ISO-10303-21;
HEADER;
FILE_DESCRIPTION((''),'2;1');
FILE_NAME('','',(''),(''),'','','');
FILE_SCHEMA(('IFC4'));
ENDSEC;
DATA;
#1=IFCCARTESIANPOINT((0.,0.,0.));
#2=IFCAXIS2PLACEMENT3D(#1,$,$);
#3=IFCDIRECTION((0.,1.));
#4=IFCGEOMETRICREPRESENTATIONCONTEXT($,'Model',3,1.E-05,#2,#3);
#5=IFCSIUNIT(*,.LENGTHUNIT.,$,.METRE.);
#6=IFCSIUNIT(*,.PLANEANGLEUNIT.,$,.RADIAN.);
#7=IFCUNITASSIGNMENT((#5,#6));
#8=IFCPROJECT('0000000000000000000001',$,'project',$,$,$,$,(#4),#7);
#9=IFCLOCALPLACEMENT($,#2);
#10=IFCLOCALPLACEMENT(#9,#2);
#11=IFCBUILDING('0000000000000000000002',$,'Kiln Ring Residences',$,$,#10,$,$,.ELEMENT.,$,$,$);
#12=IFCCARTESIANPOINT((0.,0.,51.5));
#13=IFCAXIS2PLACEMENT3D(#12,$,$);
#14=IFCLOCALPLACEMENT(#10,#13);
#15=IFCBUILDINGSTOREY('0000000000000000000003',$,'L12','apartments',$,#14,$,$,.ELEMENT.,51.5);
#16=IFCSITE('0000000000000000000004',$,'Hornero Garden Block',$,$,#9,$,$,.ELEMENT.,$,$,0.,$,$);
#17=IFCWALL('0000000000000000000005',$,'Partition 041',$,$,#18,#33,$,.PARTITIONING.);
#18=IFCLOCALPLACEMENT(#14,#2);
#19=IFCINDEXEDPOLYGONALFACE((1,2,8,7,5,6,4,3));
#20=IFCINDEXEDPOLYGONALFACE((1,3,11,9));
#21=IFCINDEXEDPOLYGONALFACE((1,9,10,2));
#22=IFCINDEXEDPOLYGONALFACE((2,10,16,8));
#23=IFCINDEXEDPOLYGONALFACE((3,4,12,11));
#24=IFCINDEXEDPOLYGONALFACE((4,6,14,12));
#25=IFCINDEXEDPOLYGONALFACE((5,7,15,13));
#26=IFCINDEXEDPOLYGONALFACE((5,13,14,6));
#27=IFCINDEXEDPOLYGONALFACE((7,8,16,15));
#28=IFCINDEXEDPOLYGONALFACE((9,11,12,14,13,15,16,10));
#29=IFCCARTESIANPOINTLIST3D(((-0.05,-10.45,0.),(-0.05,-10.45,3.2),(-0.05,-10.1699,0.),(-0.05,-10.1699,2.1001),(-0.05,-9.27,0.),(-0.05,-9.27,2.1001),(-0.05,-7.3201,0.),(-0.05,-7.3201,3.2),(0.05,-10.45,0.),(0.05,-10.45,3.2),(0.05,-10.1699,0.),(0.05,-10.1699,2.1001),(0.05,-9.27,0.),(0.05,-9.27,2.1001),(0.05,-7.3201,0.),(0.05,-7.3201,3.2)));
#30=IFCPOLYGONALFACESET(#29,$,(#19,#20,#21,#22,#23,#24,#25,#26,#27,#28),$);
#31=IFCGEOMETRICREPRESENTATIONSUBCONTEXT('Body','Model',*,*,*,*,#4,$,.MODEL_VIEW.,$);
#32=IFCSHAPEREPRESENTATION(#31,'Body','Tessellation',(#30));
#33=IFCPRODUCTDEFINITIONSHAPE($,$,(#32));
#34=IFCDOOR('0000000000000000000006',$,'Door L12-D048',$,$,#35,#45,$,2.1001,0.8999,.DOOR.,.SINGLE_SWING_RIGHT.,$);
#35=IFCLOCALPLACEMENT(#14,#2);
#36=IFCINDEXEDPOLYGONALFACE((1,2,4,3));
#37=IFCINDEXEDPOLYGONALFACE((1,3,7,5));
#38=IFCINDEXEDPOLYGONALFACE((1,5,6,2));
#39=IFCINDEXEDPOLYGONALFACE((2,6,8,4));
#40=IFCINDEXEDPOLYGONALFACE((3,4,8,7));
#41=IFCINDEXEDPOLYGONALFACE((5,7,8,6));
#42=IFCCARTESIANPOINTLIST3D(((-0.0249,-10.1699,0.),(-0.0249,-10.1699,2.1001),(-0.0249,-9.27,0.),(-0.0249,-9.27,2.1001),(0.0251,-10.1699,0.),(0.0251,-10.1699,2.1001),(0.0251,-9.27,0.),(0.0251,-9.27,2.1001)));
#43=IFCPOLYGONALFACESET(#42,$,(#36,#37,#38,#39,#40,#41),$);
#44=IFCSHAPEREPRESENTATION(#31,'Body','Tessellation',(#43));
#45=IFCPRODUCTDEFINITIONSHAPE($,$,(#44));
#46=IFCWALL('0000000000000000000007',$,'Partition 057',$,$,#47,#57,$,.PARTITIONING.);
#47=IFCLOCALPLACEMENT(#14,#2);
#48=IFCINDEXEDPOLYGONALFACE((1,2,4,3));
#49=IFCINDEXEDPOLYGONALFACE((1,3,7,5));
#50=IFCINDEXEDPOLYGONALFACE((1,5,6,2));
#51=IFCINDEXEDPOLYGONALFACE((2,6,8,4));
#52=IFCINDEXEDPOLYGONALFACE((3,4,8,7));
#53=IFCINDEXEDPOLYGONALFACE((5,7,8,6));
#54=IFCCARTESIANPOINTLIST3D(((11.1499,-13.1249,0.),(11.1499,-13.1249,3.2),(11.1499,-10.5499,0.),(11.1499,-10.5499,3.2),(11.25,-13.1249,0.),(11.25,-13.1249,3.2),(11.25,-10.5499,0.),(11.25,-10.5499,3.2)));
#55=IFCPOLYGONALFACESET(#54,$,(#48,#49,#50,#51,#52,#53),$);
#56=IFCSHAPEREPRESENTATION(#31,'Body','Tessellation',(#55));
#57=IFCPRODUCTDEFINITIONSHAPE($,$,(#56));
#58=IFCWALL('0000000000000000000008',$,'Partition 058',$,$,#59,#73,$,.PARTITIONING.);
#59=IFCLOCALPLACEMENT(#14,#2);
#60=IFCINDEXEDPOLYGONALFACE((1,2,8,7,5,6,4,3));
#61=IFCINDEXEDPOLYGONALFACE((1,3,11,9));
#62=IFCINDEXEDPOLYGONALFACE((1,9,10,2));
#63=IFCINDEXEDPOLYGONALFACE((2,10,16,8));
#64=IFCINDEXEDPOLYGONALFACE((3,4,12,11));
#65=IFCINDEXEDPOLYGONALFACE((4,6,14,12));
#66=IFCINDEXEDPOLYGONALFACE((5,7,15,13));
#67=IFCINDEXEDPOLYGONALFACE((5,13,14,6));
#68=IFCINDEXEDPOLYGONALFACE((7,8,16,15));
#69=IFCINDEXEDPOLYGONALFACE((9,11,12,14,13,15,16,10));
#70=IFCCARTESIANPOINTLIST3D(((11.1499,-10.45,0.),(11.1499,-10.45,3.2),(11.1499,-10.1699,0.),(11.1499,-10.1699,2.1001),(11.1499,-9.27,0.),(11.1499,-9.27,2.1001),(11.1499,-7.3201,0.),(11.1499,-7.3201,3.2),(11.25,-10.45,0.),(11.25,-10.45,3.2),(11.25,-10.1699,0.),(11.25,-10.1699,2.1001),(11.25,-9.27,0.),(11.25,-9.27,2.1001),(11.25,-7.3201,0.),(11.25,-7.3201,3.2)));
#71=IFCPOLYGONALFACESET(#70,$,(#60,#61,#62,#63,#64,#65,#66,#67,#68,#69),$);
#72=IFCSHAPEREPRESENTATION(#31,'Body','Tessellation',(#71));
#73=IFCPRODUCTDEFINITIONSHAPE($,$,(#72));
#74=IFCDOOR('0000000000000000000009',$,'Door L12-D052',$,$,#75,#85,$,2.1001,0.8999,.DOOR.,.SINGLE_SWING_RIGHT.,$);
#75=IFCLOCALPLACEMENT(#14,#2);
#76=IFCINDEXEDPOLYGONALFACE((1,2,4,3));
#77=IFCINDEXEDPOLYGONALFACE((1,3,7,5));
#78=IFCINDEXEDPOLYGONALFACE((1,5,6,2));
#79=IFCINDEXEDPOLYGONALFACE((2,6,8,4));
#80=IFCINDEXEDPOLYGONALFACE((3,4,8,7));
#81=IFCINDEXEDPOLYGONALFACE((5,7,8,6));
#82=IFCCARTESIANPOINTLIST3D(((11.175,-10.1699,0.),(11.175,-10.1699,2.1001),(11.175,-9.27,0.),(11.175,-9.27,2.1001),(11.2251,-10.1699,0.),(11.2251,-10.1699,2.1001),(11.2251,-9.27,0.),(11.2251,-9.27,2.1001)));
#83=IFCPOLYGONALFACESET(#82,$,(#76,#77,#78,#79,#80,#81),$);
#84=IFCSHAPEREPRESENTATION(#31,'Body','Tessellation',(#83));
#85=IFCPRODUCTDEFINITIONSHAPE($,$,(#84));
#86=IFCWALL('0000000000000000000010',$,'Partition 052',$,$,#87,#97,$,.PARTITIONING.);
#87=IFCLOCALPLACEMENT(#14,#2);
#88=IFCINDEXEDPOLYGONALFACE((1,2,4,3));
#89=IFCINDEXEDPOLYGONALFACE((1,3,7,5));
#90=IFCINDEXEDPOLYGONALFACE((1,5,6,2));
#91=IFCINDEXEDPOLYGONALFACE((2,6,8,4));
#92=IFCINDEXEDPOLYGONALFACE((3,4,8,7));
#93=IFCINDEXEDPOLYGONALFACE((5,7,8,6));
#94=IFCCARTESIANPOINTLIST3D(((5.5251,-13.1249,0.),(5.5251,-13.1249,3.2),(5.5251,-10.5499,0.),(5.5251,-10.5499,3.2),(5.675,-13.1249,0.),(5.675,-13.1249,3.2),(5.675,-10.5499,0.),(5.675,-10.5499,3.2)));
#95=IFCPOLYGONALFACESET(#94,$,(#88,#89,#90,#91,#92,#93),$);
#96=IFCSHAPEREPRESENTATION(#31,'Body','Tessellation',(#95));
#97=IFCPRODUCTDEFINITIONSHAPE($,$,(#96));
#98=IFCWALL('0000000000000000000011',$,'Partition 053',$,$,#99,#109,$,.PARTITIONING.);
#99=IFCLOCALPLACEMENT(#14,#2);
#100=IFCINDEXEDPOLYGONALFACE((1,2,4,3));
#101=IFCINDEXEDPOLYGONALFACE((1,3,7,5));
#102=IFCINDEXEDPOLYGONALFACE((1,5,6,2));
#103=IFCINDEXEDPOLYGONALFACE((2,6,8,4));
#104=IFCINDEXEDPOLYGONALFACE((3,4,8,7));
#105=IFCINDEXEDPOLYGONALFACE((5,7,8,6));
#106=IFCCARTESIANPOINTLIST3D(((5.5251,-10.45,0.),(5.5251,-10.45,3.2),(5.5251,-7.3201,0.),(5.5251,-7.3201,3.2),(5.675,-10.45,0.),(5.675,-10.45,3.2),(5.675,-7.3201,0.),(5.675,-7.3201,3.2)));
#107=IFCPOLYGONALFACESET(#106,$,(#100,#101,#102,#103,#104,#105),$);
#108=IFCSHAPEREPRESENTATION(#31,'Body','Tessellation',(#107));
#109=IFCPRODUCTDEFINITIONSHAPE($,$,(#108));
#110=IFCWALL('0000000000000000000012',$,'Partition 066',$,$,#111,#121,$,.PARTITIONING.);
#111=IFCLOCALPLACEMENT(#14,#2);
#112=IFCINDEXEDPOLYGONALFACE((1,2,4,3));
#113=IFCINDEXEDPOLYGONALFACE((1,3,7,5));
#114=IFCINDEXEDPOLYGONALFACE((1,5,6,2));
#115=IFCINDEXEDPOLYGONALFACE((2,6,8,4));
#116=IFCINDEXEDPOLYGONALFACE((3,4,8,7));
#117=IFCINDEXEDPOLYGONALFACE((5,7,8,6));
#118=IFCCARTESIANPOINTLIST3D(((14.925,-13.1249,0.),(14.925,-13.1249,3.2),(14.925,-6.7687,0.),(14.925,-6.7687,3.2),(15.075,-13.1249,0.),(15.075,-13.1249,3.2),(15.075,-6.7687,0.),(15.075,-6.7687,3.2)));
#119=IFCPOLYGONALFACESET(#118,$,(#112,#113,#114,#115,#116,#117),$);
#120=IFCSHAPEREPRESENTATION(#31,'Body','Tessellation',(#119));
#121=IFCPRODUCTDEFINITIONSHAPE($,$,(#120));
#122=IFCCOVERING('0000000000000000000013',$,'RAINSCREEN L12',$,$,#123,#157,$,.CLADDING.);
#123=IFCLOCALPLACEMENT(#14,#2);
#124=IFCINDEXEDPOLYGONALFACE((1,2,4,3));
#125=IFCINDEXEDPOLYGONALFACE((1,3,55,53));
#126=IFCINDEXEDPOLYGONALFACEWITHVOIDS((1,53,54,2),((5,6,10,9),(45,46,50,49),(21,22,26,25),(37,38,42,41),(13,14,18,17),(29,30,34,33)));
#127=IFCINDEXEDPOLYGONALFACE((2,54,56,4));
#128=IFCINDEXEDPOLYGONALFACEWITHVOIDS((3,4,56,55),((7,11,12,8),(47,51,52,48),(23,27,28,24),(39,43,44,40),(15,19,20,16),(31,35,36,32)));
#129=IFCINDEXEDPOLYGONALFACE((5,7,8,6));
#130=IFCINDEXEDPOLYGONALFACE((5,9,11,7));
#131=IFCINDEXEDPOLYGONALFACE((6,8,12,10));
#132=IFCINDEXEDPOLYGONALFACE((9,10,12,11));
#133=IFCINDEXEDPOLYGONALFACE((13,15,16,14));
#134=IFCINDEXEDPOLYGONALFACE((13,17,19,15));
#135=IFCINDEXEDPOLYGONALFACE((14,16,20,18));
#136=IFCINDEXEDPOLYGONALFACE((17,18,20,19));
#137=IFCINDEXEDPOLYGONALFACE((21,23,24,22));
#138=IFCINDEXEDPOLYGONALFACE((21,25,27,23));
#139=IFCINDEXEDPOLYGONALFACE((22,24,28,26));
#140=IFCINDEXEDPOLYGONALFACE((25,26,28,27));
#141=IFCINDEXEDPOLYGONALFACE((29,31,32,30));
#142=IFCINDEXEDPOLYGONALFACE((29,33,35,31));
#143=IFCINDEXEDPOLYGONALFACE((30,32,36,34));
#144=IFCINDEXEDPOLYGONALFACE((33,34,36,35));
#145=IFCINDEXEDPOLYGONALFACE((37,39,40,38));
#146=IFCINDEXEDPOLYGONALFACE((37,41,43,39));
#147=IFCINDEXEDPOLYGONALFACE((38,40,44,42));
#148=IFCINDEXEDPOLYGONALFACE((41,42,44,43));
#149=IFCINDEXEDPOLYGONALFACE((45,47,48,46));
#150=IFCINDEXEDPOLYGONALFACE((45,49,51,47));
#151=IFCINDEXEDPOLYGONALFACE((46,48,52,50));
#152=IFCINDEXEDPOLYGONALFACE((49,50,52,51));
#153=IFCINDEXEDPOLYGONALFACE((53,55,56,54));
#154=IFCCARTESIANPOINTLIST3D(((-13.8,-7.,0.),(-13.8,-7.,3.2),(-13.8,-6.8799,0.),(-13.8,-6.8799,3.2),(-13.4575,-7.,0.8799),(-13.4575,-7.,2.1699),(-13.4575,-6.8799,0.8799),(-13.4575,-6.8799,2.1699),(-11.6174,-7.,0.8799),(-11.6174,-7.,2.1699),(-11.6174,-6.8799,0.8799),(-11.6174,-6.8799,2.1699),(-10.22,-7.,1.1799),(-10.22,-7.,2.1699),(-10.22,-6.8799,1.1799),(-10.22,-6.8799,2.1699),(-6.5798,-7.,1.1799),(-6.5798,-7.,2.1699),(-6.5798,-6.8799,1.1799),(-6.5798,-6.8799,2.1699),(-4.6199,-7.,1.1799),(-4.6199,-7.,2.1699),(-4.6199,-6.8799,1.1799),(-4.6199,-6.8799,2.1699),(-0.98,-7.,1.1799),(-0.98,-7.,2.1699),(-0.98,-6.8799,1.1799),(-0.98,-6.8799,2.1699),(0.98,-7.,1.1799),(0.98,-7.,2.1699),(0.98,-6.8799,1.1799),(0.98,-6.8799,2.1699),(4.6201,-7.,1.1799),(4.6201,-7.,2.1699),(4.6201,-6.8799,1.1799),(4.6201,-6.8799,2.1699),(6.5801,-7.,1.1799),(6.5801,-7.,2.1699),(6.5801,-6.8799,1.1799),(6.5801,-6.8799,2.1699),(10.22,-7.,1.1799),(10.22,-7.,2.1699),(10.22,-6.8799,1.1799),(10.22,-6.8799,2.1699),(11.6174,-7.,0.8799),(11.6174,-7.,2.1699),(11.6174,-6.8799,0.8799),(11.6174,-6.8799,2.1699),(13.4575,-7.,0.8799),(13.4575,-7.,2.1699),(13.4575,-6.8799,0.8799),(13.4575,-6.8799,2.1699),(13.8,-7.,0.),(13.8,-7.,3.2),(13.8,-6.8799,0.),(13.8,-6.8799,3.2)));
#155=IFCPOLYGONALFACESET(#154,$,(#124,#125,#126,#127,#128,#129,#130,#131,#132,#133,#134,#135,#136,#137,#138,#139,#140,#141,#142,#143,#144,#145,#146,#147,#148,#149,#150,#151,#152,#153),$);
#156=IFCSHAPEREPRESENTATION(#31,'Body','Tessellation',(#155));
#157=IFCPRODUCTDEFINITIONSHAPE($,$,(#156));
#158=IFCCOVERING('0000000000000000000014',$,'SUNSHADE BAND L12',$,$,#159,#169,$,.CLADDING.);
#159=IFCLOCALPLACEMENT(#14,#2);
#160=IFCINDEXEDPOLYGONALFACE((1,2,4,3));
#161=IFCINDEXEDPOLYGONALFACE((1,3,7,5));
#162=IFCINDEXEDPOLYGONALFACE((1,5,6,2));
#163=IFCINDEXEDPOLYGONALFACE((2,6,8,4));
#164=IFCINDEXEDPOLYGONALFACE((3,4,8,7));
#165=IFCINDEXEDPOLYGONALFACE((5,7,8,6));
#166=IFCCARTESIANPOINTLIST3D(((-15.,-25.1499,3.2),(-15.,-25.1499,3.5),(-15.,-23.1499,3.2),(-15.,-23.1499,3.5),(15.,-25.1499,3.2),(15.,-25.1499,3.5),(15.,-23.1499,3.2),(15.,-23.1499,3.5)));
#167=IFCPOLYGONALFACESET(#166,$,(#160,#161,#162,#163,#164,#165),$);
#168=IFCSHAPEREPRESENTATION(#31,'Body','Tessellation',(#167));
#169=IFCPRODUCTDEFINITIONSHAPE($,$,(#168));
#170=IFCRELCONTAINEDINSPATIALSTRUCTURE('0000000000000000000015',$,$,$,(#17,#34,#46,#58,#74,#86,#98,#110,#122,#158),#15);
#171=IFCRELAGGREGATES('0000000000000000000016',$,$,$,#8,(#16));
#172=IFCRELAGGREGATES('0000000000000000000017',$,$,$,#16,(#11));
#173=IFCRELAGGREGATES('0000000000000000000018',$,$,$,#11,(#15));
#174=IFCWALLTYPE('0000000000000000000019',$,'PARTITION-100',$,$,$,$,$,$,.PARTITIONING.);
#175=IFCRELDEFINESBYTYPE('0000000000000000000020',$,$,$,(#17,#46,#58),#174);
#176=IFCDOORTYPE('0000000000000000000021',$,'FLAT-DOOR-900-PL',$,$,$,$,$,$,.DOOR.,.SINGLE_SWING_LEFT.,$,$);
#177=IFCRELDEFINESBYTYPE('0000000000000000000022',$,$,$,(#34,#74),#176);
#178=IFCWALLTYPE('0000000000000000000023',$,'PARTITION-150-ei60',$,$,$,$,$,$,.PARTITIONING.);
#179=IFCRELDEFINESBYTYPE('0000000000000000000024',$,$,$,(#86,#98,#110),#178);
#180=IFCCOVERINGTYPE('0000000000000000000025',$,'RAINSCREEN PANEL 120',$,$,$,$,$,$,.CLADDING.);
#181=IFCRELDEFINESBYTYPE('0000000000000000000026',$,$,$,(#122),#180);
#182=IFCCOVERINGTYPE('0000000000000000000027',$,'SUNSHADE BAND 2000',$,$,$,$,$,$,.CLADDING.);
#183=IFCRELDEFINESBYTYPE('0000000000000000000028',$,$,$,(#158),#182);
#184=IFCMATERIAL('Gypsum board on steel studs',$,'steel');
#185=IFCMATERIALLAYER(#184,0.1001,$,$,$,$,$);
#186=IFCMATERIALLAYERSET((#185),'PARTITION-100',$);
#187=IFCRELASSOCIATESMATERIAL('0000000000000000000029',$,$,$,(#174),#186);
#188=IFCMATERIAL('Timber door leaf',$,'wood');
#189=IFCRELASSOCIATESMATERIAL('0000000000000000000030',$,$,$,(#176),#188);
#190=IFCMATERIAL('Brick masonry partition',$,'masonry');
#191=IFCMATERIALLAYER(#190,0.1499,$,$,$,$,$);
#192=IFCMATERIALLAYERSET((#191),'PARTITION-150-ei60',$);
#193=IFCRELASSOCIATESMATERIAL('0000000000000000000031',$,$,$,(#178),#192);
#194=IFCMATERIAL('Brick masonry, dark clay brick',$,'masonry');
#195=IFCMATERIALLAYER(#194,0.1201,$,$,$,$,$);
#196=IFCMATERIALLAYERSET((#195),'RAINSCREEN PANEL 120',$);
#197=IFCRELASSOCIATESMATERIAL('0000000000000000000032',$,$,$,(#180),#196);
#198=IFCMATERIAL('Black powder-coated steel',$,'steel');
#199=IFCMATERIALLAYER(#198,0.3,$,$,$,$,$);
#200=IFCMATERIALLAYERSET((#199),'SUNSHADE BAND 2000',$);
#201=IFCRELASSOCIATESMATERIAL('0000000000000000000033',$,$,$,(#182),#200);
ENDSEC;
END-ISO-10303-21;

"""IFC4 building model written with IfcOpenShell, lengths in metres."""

from ifc_helpers import new_model, si_unit, direction, frame, frame_2d, origin, place, context, subcontext, project, spatial, polyline, rectangle, outline, extrude, material, layer, layer_set, type_object, element, fill, save


model = new_model("IFC4")

# Units and contexts
model_context = context("Model", 3, precision=1e-05, world=origin(), true_north=direction((0.0, 1.0)))
body_context = subcontext(model_context, "Body", "Model", "MODEL_VIEW")
ifc_project = project(units=[si_unit("LENGTHUNIT", "METRE"), si_unit("PLANEANGLEUNIT", "RADIAN")], contexts=[model_context])

# Site, building, storey
site_placement = place(None, origin())
site = spatial("IfcSite", under=ifc_project, at=site_placement, Name="Hornero Garden Block", CompositionType="ELEMENT", RefElevation=0.0)
building_placement = place(site_placement, origin())
building = spatial("IfcBuilding", under=site, at=building_placement, Name="Kiln Ring Residences", CompositionType="ELEMENT")
storey_placement = place(building_placement, frame((0.0, 0.0, 51.5)))
storey = spatial("IfcBuildingStorey", under=building, at=storey_placement, Name="L12", Description="apartments", CompositionType="ELEMENT", Elevation=51.5)

# Shared definitions
ifc_material_1 = material(Name="Gypsum board on steel studs", Category="steel")
ifc_layer_1 = layer(ifc_material_1, 0.1001)
ifc_layer_set_1 = layer_set([ifc_layer_1], Name="PARTITION-100")
wall_type_1 = type_object("IfcWallType", Name="PARTITION-100", PredefinedType="PARTITIONING", material=ifc_layer_set_1)

# Wall, opening, door
wall_1_placement = place(storey_placement, frame((0.0, -10.45, 0.0), z_axis=(0.0, 0.0, 1.0), x_axis=(0.0, 1.0, 0.0)))
wall_1 = element("IfcWall", 1, at=wall_1_placement, inside=storey, type_object=wall_type_1, Name="Partition 041", PredefinedType="PARTITIONING", context=body_context, shape_type="SweptSolid", body=[
    extrude(rectangle(XDim=3.1299, YDim=0.1001, at=frame_2d((1.5649, 0.0))), origin(), (0.0, 0.0, 1.0), 3.2),
])
opening_1_placement = place(wall_1_placement, frame((0.28, 0.0, 0.0)))
opening_1 = element("IfcOpeningElement", 2, at=opening_1_placement, cuts=wall_1, PredefinedType="OPENING", context=body_context, shape_type="SweptSolid", body=[
    extrude(rectangle(XDim=0.8999, YDim=2.1001, at=frame_2d((0.45, 1.05))), frame((0.0, 0.0601, 0.0), z_axis=(0.0, -1.0, 0.0), x_axis=(1.0, 0.0, 0.0)), (0.0, 0.0, 1.0), 0.1201),
])
ifc_material_2 = material(Name="Timber door leaf", Category="wood")
door_type = type_object("IfcDoorType", Name="FLAT-DOOR-900-PL", OperationType="SINGLE_SWING_LEFT", PredefinedType="DOOR", material=ifc_material_2)
door_1_placement = place(opening_1_placement, origin())
door_1 = element("IfcDoor", 3, at=door_1_placement, inside=storey, type_object=door_type, Name="Door L12-D048", OperationType="SINGLE_SWING_RIGHT", OverallHeight=2.1001, OverallWidth=0.8999, PredefinedType="DOOR", context=body_context, shape_type="SweptSolid", body=[
    extrude(rectangle(XDim=0.8999, YDim=2.1001, at=frame_2d((0.45, 1.05))), frame((0.0, 0.0249, 0.0), z_axis=(0.0, -1.0, 0.0), x_axis=(1.0, 0.0, 0.0)), (0.0, 0.0, 1.0), 0.05),
])
fill(opening_1, door_1)

# Wall
wall_2_placement = place(storey_placement, frame((11.2, -13.125, 0.0), z_axis=(0.0, 0.0, 1.0), x_axis=(0.0, 1.0, 0.0)))
element("IfcWall", 4, at=wall_2_placement, inside=storey, type_object=wall_type_1, Name="Partition 057", PredefinedType="PARTITIONING", context=body_context, shape_type="SweptSolid", body=[
    extrude(rectangle(XDim=2.575, YDim=0.1001, at=frame_2d((1.2876, 0.0))), origin(), (0.0, 0.0, 1.0), 3.2),
])

# Wall, opening, door
wall_3_placement = place(storey_placement, frame((11.2, -10.45, 0.0), z_axis=(0.0, 0.0, 1.0), x_axis=(0.0, 1.0, 0.0)))
wall_3 = element("IfcWall", 5, at=wall_3_placement, inside=storey, type_object=wall_type_1, Name="Partition 058", PredefinedType="PARTITIONING", context=body_context, shape_type="SweptSolid", body=[
    extrude(rectangle(XDim=3.1299, YDim=0.1001, at=frame_2d((1.5649, 0.0))), origin(), (0.0, 0.0, 1.0), 3.2),
])
opening_2_placement = place(wall_3_placement, frame((0.28, 0.0, 0.0)))
opening_2 = element("IfcOpeningElement", 6, at=opening_2_placement, cuts=wall_3, PredefinedType="OPENING", context=body_context, shape_type="SweptSolid", body=[
    extrude(rectangle(XDim=0.8999, YDim=2.1001, at=frame_2d((0.45, 1.05))), frame((0.0, 0.0601, 0.0), z_axis=(0.0, -1.0, 0.0), x_axis=(1.0, 0.0, 0.0)), (0.0, 0.0, 1.0), 0.1201),
])
door_2_placement = place(opening_2_placement, origin())
door_2 = element("IfcDoor", 7, at=door_2_placement, inside=storey, type_object=door_type, Name="Door L12-D052", OperationType="SINGLE_SWING_RIGHT", OverallHeight=2.1001, OverallWidth=0.8999, PredefinedType="DOOR", context=body_context, shape_type="SweptSolid", body=[
    extrude(rectangle(XDim=0.8999, YDim=2.1001, at=frame_2d((0.45, 1.05))), frame((0.0, 0.0249, 0.0), z_axis=(0.0, -1.0, 0.0), x_axis=(1.0, 0.0, 0.0)), (0.0, 0.0, 1.0), 0.05),
])
fill(opening_2, door_2)

# Walls
ifc_material_3 = material(Name="Brick masonry partition", Category="masonry")
ifc_layer_2 = layer(ifc_material_3, 0.1499)
ifc_layer_set_2 = layer_set([ifc_layer_2], Name="PARTITION-150-ei60")
wall_type_2 = type_object("IfcWallType", Name="PARTITION-150-ei60", PredefinedType="PARTITIONING", material=ifc_layer_set_2)
wall_4_placement = place(storey_placement, frame((5.6001, -13.125, 0.0), z_axis=(0.0, 0.0, 1.0), x_axis=(0.0, 1.0, 0.0)))
element("IfcWall", 8, at=wall_4_placement, inside=storey, type_object=wall_type_2, Name="Partition 052", PredefinedType="PARTITIONING", context=body_context, shape_type="SweptSolid", body=[
    extrude(rectangle(XDim=2.575, YDim=0.1499, at=frame_2d((1.2876, 0.0))), origin(), (0.0, 0.0, 1.0), 3.2),
])
wall_5_placement = place(storey_placement, frame((5.6001, -10.45, 0.0), z_axis=(0.0, 0.0, 1.0), x_axis=(0.0, 1.0, 0.0)))
element("IfcWall", 9, at=wall_5_placement, inside=storey, type_object=wall_type_2, Name="Partition 053", PredefinedType="PARTITIONING", context=body_context, shape_type="SweptSolid", body=[
    extrude(rectangle(XDim=3.1299, YDim=0.1499, at=frame_2d((1.5649, 0.0))), origin(), (0.0, 0.0, 1.0), 3.2),
])
wall_6_placement = place(storey_placement, frame((15.0, -13.125, 0.0), z_axis=(0.0, 0.0, 1.0), x_axis=(0.0, 1.0, 0.0)))
element("IfcWall", 10, at=wall_6_placement, inside=storey, type_object=wall_type_2, Name="Partition 066", PredefinedType="PARTITIONING", context=body_context, shape_type="SweptSolid", body=[
    extrude(rectangle(XDim=6.3562, YDim=0.1499, at=frame_2d((3.1782, 0.0))), origin(), (0.0, 0.0, 1.0), 3.2),
])

# Coverings
ifc_material_4 = material(Name="Brick masonry, dark clay brick", Category="masonry")
ifc_layer_3 = layer(ifc_material_4, 0.1201)
ifc_layer_set_3 = layer_set([ifc_layer_3], Name="RAINSCREEN PANEL 120")
covering_type_1 = type_object("IfcCoveringType", Name="RAINSCREEN PANEL 120", PredefinedType="CLADDING", material=ifc_layer_set_3)
covering_1_placement = place(storey_placement, frame((13.8, -6.9399, 0.0), z_axis=(0.0, 0.0, 1.0), x_axis=(-1.0, 0.0, 0.0)))
element("IfcCovering", 11, at=covering_1_placement, inside=storey, type_object=covering_type_1, Name="RAINSCREEN L12", PredefinedType="CLADDING", context=body_context, shape_type="SweptSolid", body=[
    extrude(outline(polyline([(0.0, 0.0), (27.6001, 0.0), (27.6001, 3.2), (0.0, 3.2), (0.0, 0.0)]), holes=[polyline([(2.1826, 0.8799), (2.1826, 2.1699), (0.3425, 2.1699), (0.3425, 0.8799), (2.1826, 0.8799)]), polyline([(25.4175, 0.8799), (27.2576, 0.8799), (27.2576, 2.1699), (25.4175, 2.1699), (25.4175, 0.8799)]), polyline([(3.5801, 1.1799), (7.22, 1.1799), (7.22, 2.1699), (3.5801, 2.1699), (3.5801, 1.1799)]), polyline([(12.8201, 1.1799), (12.8201, 2.1699), (9.1799, 2.1699), (9.1799, 1.1799), (12.8201, 1.1799)]), polyline([(14.78, 1.1799), (18.4199, 1.1799), (18.4199, 2.1699), (14.78, 2.1699), (14.78, 1.1799)]), polyline([(20.3799, 1.1799), (24.02, 1.1799), (24.02, 2.1699), (20.3799, 2.1699), (20.3799, 1.1799)])]), frame((0.0, 0.0601, 0.0), z_axis=(0.0, -1.0, 0.0), x_axis=(1.0, 0.0, 0.0)), (0.0, 0.0, 1.0), 0.1201),
])
ifc_material_5 = material(Name="Black powder-coated steel", Category="steel")
ifc_layer_4 = layer(ifc_material_5, 0.3)
ifc_layer_set_4 = layer_set([ifc_layer_4], Name="SUNSHADE BAND 2000")
covering_type_2 = type_object("IfcCoveringType", Name="SUNSHADE BAND 2000", PredefinedType="CLADDING", material=ifc_layer_set_4)
covering_2_placement = place(storey_placement, frame((0.0, 0.0, 3.2)))
element("IfcCovering", 12, at=covering_2_placement, inside=storey, type_object=covering_type_2, Name="SUNSHADE BAND L12", PredefinedType="CLADDING", context=body_context, shape_type="SweptSolid", body=[
    extrude(outline(polyline([(-15.0, -25.1499), (15.0, -25.1499), (15.0, -23.1499), (-15.0, -23.1499), (-15.0, -25.1499)])), origin(), (0.0, 0.0, 1.0), 0.3),
])

save(model, "model.ifc")
